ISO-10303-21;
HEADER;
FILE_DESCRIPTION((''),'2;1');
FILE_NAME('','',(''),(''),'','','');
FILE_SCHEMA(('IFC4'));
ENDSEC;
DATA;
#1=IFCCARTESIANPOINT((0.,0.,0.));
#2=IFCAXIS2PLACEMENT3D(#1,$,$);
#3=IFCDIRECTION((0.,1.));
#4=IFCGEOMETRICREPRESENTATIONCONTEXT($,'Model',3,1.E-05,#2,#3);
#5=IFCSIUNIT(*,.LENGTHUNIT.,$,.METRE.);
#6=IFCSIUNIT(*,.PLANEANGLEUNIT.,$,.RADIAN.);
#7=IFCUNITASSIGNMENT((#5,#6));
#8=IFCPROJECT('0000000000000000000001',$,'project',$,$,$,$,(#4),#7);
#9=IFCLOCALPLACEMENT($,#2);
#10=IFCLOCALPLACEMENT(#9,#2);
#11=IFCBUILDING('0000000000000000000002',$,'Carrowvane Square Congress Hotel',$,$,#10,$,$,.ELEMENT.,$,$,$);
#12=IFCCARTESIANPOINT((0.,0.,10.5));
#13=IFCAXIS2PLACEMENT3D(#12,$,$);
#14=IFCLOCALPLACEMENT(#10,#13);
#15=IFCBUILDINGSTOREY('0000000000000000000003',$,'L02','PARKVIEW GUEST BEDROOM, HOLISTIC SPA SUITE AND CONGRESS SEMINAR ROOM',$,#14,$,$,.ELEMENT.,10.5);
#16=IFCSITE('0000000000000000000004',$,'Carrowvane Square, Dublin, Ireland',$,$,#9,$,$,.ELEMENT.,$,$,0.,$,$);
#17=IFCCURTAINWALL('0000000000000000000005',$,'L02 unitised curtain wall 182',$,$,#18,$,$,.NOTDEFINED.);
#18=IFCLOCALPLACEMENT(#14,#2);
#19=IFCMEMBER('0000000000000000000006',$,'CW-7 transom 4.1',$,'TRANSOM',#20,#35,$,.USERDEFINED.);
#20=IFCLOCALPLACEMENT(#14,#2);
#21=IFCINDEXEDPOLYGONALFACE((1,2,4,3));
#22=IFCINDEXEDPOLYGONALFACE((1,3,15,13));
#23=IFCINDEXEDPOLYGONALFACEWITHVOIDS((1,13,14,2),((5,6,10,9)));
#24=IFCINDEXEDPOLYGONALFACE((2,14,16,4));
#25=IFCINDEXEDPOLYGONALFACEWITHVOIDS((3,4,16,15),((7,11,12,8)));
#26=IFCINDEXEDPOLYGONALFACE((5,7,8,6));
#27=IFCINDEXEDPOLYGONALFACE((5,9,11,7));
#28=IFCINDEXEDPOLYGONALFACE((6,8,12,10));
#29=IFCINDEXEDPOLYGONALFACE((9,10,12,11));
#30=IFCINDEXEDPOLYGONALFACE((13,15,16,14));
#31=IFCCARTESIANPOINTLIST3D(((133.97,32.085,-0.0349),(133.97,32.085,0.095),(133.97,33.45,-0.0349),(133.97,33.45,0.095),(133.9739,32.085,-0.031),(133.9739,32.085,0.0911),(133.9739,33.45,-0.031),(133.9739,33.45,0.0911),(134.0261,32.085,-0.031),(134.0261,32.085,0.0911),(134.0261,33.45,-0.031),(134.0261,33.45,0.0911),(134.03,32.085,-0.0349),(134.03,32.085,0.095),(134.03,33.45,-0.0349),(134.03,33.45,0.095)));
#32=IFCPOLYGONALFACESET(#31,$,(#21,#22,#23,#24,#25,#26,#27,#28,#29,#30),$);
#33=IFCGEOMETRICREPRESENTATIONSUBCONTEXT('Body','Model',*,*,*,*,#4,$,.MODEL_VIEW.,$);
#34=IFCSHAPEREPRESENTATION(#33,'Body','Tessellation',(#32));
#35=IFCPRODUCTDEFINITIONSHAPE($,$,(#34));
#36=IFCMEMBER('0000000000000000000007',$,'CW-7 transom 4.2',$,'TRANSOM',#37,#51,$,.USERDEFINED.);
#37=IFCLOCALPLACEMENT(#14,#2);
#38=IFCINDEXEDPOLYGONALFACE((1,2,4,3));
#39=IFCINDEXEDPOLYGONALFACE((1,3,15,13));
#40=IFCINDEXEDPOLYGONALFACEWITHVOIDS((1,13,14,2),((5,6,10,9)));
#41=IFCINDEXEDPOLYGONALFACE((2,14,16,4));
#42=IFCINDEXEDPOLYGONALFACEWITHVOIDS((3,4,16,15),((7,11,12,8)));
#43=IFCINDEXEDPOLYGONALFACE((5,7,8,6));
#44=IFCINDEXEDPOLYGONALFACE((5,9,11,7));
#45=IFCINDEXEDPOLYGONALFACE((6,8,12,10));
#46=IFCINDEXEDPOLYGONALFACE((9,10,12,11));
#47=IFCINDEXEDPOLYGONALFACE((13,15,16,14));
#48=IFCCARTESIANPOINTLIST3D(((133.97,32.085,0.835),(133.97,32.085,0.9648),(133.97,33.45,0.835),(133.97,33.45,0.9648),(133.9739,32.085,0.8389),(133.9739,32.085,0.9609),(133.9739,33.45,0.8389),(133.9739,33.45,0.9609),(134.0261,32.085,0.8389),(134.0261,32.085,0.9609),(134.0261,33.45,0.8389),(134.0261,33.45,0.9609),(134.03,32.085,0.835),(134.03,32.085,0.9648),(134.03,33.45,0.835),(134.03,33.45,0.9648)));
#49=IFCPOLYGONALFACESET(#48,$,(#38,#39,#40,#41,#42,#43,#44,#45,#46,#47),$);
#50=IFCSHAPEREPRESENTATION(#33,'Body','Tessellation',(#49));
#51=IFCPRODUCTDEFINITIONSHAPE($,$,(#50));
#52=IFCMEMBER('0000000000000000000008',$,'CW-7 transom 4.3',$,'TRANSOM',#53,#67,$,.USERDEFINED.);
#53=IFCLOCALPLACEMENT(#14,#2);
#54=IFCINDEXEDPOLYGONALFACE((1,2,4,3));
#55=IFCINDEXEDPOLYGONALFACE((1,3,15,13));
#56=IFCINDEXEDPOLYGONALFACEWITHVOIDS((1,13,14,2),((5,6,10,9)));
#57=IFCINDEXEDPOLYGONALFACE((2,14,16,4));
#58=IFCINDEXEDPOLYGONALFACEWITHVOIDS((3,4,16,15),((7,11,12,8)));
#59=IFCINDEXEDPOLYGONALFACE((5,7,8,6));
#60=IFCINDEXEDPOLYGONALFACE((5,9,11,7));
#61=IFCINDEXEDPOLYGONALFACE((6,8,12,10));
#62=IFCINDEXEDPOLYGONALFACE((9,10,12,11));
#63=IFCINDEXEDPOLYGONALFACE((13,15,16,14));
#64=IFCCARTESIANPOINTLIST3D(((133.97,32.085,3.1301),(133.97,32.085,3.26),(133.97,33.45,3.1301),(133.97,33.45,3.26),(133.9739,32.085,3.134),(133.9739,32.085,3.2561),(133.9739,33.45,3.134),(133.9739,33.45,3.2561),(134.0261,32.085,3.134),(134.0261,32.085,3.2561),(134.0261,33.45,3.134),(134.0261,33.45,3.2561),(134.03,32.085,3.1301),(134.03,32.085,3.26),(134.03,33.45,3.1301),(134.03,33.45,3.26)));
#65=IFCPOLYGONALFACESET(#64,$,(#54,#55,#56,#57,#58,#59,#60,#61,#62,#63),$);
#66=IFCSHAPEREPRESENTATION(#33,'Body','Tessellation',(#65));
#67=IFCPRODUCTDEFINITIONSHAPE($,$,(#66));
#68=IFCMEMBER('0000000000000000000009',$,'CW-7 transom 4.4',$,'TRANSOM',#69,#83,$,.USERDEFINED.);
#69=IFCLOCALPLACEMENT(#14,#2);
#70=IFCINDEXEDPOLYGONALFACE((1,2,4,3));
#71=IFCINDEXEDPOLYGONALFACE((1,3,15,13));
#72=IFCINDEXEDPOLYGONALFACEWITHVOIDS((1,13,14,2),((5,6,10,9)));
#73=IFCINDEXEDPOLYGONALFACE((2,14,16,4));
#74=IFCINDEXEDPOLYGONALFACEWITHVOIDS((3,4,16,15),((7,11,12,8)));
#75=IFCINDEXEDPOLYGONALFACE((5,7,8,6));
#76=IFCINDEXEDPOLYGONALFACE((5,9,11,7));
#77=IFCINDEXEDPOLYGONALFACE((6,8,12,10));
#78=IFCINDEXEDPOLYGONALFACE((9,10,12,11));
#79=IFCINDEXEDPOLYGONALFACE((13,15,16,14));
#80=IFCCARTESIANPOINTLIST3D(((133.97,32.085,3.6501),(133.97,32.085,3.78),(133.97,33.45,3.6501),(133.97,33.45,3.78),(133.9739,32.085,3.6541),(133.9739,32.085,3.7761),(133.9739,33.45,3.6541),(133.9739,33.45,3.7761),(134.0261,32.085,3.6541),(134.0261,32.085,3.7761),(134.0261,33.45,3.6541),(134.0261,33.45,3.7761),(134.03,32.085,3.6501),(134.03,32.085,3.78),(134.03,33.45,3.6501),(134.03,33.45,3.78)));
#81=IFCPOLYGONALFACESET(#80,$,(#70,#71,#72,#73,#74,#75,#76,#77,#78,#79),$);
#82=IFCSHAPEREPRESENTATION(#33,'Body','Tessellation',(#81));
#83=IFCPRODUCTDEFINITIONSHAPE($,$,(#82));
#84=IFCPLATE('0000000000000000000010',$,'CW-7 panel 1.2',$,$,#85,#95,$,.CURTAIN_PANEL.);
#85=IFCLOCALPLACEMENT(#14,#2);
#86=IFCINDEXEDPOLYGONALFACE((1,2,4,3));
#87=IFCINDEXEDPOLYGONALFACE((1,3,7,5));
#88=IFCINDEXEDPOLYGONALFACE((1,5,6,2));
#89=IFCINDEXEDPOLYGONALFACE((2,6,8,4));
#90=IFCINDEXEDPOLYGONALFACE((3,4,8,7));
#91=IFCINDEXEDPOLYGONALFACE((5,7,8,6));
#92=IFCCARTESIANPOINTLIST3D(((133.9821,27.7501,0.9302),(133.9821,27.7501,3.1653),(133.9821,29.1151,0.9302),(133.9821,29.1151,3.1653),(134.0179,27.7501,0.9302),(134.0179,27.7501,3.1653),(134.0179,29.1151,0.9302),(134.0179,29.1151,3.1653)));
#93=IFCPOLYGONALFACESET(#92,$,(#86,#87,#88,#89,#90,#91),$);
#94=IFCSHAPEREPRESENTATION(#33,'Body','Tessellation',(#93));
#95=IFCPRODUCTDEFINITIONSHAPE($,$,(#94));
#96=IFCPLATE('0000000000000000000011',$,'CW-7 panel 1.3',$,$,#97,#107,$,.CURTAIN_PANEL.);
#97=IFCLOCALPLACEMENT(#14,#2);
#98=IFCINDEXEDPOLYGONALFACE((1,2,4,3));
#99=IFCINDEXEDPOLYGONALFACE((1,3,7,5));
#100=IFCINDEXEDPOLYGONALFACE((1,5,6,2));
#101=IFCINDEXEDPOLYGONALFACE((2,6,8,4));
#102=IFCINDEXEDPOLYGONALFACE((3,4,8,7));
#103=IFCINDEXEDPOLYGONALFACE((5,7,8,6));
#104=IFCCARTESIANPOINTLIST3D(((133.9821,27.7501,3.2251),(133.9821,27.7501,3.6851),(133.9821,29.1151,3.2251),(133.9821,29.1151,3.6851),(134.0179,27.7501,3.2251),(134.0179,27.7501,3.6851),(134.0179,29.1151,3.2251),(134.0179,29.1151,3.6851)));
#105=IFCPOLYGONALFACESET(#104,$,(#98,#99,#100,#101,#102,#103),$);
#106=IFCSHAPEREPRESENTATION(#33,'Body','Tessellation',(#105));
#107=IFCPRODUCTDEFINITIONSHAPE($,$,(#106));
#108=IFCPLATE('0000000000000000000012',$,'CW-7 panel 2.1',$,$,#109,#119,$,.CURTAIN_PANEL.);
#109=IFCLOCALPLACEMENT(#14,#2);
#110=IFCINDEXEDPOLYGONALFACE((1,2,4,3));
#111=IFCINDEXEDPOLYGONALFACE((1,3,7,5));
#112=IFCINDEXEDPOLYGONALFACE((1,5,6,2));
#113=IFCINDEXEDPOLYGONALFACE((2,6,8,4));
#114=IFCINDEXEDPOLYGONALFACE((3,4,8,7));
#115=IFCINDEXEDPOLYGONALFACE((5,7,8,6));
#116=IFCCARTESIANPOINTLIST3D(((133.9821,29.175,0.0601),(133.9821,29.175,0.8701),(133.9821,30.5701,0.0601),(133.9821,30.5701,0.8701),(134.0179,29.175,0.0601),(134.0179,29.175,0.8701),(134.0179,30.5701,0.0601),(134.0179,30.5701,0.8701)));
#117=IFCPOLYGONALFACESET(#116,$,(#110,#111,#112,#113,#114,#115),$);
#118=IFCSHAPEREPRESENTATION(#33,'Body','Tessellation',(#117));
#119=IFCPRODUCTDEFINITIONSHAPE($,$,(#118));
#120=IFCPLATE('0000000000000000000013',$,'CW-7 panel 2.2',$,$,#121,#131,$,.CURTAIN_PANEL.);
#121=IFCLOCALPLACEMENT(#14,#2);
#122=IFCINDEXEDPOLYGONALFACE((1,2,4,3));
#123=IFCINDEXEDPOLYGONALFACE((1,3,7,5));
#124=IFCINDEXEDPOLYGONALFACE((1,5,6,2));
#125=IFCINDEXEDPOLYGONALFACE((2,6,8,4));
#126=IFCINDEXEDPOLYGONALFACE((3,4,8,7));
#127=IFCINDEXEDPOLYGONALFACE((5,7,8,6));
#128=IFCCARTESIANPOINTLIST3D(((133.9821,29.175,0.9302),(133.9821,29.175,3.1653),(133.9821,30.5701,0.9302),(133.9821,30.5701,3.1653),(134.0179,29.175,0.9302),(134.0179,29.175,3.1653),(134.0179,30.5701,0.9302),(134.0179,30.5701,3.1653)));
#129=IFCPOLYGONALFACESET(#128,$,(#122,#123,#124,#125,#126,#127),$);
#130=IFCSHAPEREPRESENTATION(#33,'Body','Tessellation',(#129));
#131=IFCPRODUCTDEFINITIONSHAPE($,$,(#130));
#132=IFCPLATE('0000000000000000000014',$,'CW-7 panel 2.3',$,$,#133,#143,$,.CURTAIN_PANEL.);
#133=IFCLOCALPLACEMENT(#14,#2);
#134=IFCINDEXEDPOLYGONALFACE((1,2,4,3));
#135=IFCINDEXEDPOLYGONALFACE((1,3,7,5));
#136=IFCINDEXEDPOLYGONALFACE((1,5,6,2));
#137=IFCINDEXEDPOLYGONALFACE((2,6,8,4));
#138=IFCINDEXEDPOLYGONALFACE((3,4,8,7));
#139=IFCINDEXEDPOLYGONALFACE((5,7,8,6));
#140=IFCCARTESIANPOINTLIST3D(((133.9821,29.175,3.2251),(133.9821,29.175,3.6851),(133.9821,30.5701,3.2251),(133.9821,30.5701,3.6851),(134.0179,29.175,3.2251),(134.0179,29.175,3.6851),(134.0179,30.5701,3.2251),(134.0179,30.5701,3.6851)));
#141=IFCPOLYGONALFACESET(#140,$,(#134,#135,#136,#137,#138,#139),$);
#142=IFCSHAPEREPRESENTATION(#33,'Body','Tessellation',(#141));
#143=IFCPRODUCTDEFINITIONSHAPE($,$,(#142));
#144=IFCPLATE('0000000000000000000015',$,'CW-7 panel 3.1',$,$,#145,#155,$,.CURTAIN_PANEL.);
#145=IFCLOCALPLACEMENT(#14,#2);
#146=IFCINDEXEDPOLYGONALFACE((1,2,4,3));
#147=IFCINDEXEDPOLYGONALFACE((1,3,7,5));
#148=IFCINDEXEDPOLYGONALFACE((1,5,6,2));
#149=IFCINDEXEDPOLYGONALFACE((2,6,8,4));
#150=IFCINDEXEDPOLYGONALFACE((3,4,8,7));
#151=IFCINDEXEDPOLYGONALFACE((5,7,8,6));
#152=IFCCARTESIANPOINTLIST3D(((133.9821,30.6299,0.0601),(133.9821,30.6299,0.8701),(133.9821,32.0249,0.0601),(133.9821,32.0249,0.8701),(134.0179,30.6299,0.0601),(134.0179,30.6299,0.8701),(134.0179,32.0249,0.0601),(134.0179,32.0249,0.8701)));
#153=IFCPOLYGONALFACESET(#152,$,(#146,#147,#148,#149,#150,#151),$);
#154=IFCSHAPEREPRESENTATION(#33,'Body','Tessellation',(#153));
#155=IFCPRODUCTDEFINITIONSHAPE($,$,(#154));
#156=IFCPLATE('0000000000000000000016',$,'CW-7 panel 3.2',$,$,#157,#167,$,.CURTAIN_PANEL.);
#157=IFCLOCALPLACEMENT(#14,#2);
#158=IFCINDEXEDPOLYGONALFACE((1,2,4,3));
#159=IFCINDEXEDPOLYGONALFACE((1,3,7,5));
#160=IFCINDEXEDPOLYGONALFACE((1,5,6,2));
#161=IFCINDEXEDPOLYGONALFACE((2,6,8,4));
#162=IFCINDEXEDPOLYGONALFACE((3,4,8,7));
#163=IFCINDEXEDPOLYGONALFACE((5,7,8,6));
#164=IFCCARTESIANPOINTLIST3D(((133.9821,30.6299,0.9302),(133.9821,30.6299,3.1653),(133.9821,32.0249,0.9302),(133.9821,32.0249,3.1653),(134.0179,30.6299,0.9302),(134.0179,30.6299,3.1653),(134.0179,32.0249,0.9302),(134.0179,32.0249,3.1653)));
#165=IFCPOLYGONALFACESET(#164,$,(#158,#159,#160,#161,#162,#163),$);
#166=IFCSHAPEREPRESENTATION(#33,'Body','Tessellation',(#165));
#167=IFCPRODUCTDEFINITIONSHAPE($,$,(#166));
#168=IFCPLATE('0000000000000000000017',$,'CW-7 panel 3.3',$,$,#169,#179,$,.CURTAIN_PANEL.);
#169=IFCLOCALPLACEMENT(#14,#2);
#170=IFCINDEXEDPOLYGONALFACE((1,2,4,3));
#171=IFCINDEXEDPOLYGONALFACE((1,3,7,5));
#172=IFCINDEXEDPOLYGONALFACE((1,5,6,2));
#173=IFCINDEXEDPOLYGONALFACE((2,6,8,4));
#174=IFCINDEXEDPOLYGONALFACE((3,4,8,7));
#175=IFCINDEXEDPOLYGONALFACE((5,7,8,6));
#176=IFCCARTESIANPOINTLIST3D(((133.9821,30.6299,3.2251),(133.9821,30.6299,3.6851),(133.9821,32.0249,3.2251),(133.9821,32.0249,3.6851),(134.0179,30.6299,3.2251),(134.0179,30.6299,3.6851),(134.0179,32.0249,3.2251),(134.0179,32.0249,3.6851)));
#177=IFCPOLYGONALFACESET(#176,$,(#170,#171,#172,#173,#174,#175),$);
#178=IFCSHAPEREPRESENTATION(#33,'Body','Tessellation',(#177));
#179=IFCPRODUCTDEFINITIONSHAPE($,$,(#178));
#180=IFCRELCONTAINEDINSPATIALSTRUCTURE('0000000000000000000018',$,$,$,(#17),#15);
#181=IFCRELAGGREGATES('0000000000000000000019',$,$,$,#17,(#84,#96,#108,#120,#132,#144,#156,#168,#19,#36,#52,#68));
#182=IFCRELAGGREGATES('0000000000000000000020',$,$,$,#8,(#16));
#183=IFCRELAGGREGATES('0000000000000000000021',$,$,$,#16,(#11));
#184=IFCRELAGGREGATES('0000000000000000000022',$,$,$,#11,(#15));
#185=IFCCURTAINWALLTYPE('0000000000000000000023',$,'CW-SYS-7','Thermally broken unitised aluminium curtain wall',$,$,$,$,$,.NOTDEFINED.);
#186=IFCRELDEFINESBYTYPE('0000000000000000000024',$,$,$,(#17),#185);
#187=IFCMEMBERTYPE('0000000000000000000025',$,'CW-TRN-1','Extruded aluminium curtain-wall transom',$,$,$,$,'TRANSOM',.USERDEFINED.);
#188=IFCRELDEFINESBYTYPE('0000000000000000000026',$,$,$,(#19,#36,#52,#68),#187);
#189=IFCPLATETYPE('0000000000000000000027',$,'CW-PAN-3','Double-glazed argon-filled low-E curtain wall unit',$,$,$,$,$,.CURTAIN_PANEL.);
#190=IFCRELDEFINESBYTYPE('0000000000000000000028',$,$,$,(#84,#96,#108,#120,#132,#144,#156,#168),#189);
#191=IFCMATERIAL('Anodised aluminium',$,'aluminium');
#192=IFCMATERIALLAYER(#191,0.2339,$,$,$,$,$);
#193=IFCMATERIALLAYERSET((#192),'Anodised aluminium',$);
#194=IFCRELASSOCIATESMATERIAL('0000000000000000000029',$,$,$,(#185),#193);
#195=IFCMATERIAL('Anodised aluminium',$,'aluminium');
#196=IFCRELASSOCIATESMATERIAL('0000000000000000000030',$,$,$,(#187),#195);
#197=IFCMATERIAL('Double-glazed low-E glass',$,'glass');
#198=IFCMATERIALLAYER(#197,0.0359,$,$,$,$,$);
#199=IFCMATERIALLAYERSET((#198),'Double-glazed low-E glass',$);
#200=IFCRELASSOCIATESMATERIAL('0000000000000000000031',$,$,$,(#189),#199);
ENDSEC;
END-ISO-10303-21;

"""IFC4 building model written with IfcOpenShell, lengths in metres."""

from ifc_helpers import new_model, si_unit, direction, frame, origin, origin_2d, place, context, subcontext, project, spatial, rectangle, hollow_rectangle, extrude, material, layer, layer_set, material_profile, profile_set, type_object, element, aggregate, save


model = new_model("IFC4")

# Units and contexts
model_context = context("Model", 3, precision=1e-05, world=origin(), true_north=direction((0.0, 1.0)))
body_context = subcontext(model_context, "Body", "Model", "MODEL_VIEW")
ifc_project = project(units=[si_unit("LENGTHUNIT", "METRE"), si_unit("PLANEANGLEUNIT", "RADIAN")], contexts=[model_context])

# Site, building, storey
site_placement = place(None, origin())
site = spatial("IfcSite", under=ifc_project, at=site_placement, Name="Carrowvane Square, Dublin, Ireland", CompositionType="ELEMENT", RefElevation=0.0)
building_placement = place(site_placement, origin())
building = spatial("IfcBuilding", under=site, at=building_placement, Name="Carrowvane Square Congress Hotel", CompositionType="ELEMENT")
storey_placement = place(building_placement, frame((0.0, 0.0, 10.5)))
storey = spatial("IfcBuildingStorey", under=building, at=storey_placement, Name="L02", Description="PARKVIEW GUEST BEDROOM, HOLISTIC SPA SUITE AND CONGRESS SEMINAR ROOM", CompositionType="ELEMENT", Elevation=10.5)

# Curtain wall, members, plates
ifc_material_1 = material(Name="Anodised aluminium", Category="aluminium")
ifc_layer_1 = layer(ifc_material_1, 0.2339)
ifc_layer_set_1 = layer_set([ifc_layer_1], Name="Anodised aluminium")
curtain_wall_type = type_object("IfcCurtainWallType", Name="CW-SYS-7", Description="Thermally broken unitised aluminium curtain wall", PredefinedType="NOTDEFINED", material=ifc_layer_set_1)
curtain_wall_placement = place(storey_placement, origin())
curtain_wall = element("IfcCurtainWall", 1, at=curtain_wall_placement, inside=storey, type_object=curtain_wall_type, Name="L02 unitised curtain wall 182", PredefinedType="NOTDEFINED")
ifc_material_2 = material(Name="Anodised aluminium", Category="aluminium")
ifc_material_profile_1 = material_profile(ifc_material_2, hollow_rectangle(XDim=0.0601, YDim=0.1299, WallThickness=0.0039, at=origin_2d()), Name="CW-TR 60x130x4")
ifc_profile_set_1 = profile_set([ifc_material_profile_1], Name="Anodised aluminium")
member_type_1 = type_object("IfcMemberType", Name="CW-TRN-1", Description="Extruded aluminium curtain-wall transom", ElementType="TRANSOM", PredefinedType="USERDEFINED", material=ifc_profile_set_1)
member_1_placement = place(storey_placement, frame((134.0, 32.085, 0.03), z_axis=(0.0, 1.0, 0.0), x_axis=(-1.0, 0.0, 0.0)))
member_1 = element("IfcMember", 2, at=member_1_placement, type_object=member_type_1, Name="CW-7 transom 4.1", ObjectType="TRANSOM", PredefinedType="USERDEFINED", context=body_context, shape_type="SweptSolid", body=[
    extrude(hollow_rectangle(XDim=0.0601, YDim=0.1299, WallThickness=0.0039, at=origin_2d()), origin(), (0.0, 0.0, 1.0), 1.365),
])
member_2_placement = place(storey_placement, frame((134.0, 32.085, 0.8999), z_axis=(0.0, 1.0, 0.0), x_axis=(-1.0, 0.0, 0.0)))
member_2 = element("IfcMember", 3, at=member_2_placement, type_object=member_type_1, Name="CW-7 transom 4.2", ObjectType="TRANSOM", PredefinedType="USERDEFINED", context=body_context, shape_type="SweptSolid", body=[
    extrude(hollow_rectangle(XDim=0.0601, YDim=0.1299, WallThickness=0.0039, at=origin_2d()), origin(), (0.0, 0.0, 1.0), 1.365),
])
member_3_placement = place(storey_placement, frame((134.0, 32.085, 3.1951), z_axis=(0.0, 1.0, 0.0), x_axis=(-1.0, 0.0, 0.0)))
member_3 = element("IfcMember", 4, at=member_3_placement, type_object=member_type_1, Name="CW-7 transom 4.3", ObjectType="TRANSOM", PredefinedType="USERDEFINED", context=body_context, shape_type="SweptSolid", body=[
    extrude(hollow_rectangle(XDim=0.0601, YDim=0.1299, WallThickness=0.0039, at=origin_2d()), origin(), (0.0, 0.0, 1.0), 1.365),
])
member_4_placement = place(storey_placement, frame((134.0, 32.085, 3.7151), z_axis=(0.0, 1.0, 0.0), x_axis=(-1.0, 0.0, 0.0)))
member_4 = element("IfcMember", 5, at=member_4_placement, type_object=member_type_1, Name="CW-7 transom 4.4", ObjectType="TRANSOM", PredefinedType="USERDEFINED", context=body_context, shape_type="SweptSolid", body=[
    extrude(hollow_rectangle(XDim=0.0601, YDim=0.1299, WallThickness=0.0039, at=origin_2d()), origin(), (0.0, 0.0, 1.0), 1.365),
])
ifc_material_3 = material(Name="Double-glazed low-E glass", Category="glass")
ifc_layer_2 = layer(ifc_material_3, 0.0359)
ifc_layer_set_2 = layer_set([ifc_layer_2], Name="Double-glazed low-E glass")
plate_type = type_object("IfcPlateType", Name="CW-PAN-3", Description="Double-glazed argon-filled low-E curtain wall unit", PredefinedType="CURTAIN_PANEL", material=ifc_layer_set_2)
plate_1_placement = place(storey_placement, frame((134.0, 28.4326, 0.9302), z_axis=(0.0, 0.0, 1.0), x_axis=(0.0, 1.0, 0.0)))
plate_1 = element("IfcPlate", 6, at=plate_1_placement, type_object=plate_type, Name="CW-7 panel 1.2", PredefinedType="CURTAIN_PANEL", context=body_context, shape_type="SweptSolid", body=[
    extrude(rectangle(XDim=1.365, YDim=0.0359, at=origin_2d()), origin(), (0.0, 0.0, 1.0), 2.2351),
])
plate_2_placement = place(storey_placement, frame((134.0, 28.4326, 3.2251), z_axis=(0.0, 0.0, 1.0), x_axis=(0.0, 1.0, 0.0)))
plate_2 = element("IfcPlate", 7, at=plate_2_placement, type_object=plate_type, Name="CW-7 panel 1.3", PredefinedType="CURTAIN_PANEL", context=body_context, shape_type="SweptSolid", body=[
    extrude(rectangle(XDim=1.365, YDim=0.0359, at=origin_2d()), origin(), (0.0, 0.0, 1.0), 0.46),
])
plate_3_placement = place(storey_placement, frame((134.0, 29.8726, 0.0601), z_axis=(0.0, 0.0, 1.0), x_axis=(0.0, 1.0, 0.0)))
plate_3 = element("IfcPlate", 8, at=plate_3_placement, type_object=plate_type, Name="CW-7 panel 2.1", PredefinedType="CURTAIN_PANEL", context=body_context, shape_type="SweptSolid", body=[
    extrude(rectangle(XDim=1.395, YDim=0.0359, at=origin_2d()), origin(), (0.0, 0.0, 1.0), 0.8101),
])
plate_4_placement = place(storey_placement, frame((134.0, 29.8726, 0.9302), z_axis=(0.0, 0.0, 1.0), x_axis=(0.0, 1.0, 0.0)))
plate_4 = element("IfcPlate", 9, at=plate_4_placement, type_object=plate_type, Name="CW-7 panel 2.2", PredefinedType="CURTAIN_PANEL", context=body_context, shape_type="SweptSolid", body=[
    extrude(rectangle(XDim=1.395, YDim=0.0359, at=origin_2d()), origin(), (0.0, 0.0, 1.0), 2.2351),
])
plate_5_placement = place(storey_placement, frame((134.0, 29.8726, 3.2251), z_axis=(0.0, 0.0, 1.0), x_axis=(0.0, 1.0, 0.0)))
plate_5 = element("IfcPlate", 10, at=plate_5_placement, type_object=plate_type, Name="CW-7 panel 2.3", PredefinedType="CURTAIN_PANEL", context=body_context, shape_type="SweptSolid", body=[
    extrude(rectangle(XDim=1.395, YDim=0.0359, at=origin_2d()), origin(), (0.0, 0.0, 1.0), 0.46),
])
plate_6_placement = place(storey_placement, frame((134.0, 31.3274, 0.0601), z_axis=(0.0, 0.0, 1.0), x_axis=(0.0, 1.0, 0.0)))
plate_6 = element("IfcPlate", 11, at=plate_6_placement, type_object=plate_type, Name="CW-7 panel 3.1", PredefinedType="CURTAIN_PANEL", context=body_context, shape_type="SweptSolid", body=[
    extrude(rectangle(XDim=1.395, YDim=0.0359, at=origin_2d()), origin(), (0.0, 0.0, 1.0), 0.8101),
])
plate_7_placement = place(storey_placement, frame((134.0, 31.3274, 0.9302), z_axis=(0.0, 0.0, 1.0), x_axis=(0.0, 1.0, 0.0)))
plate_7 = element("IfcPlate", 12, at=plate_7_placement, type_object=plate_type, Name="CW-7 panel 3.2", PredefinedType="CURTAIN_PANEL", context=body_context, shape_type="SweptSolid", body=[
    extrude(rectangle(XDim=1.395, YDim=0.0359, at=origin_2d()), origin(), (0.0, 0.0, 1.0), 2.2351),
])
plate_8_placement = place(storey_placement, frame((134.0, 31.3274, 3.2251), z_axis=(0.0, 0.0, 1.0), x_axis=(0.0, 1.0, 0.0)))
plate_8 = element("IfcPlate", 13, at=plate_8_placement, type_object=plate_type, Name="CW-7 panel 3.3", PredefinedType="CURTAIN_PANEL", context=body_context, shape_type="SweptSolid", body=[
    extrude(rectangle(XDim=1.395, YDim=0.0359, at=origin_2d()), origin(), (0.0, 0.0, 1.0), 0.46),
])
aggregate(curtain_wall, [plate_1, plate_2, plate_3, plate_4, plate_5, plate_6, plate_7, plate_8, member_1, member_2, member_3, member_4])

save(model, "model.ifc")
